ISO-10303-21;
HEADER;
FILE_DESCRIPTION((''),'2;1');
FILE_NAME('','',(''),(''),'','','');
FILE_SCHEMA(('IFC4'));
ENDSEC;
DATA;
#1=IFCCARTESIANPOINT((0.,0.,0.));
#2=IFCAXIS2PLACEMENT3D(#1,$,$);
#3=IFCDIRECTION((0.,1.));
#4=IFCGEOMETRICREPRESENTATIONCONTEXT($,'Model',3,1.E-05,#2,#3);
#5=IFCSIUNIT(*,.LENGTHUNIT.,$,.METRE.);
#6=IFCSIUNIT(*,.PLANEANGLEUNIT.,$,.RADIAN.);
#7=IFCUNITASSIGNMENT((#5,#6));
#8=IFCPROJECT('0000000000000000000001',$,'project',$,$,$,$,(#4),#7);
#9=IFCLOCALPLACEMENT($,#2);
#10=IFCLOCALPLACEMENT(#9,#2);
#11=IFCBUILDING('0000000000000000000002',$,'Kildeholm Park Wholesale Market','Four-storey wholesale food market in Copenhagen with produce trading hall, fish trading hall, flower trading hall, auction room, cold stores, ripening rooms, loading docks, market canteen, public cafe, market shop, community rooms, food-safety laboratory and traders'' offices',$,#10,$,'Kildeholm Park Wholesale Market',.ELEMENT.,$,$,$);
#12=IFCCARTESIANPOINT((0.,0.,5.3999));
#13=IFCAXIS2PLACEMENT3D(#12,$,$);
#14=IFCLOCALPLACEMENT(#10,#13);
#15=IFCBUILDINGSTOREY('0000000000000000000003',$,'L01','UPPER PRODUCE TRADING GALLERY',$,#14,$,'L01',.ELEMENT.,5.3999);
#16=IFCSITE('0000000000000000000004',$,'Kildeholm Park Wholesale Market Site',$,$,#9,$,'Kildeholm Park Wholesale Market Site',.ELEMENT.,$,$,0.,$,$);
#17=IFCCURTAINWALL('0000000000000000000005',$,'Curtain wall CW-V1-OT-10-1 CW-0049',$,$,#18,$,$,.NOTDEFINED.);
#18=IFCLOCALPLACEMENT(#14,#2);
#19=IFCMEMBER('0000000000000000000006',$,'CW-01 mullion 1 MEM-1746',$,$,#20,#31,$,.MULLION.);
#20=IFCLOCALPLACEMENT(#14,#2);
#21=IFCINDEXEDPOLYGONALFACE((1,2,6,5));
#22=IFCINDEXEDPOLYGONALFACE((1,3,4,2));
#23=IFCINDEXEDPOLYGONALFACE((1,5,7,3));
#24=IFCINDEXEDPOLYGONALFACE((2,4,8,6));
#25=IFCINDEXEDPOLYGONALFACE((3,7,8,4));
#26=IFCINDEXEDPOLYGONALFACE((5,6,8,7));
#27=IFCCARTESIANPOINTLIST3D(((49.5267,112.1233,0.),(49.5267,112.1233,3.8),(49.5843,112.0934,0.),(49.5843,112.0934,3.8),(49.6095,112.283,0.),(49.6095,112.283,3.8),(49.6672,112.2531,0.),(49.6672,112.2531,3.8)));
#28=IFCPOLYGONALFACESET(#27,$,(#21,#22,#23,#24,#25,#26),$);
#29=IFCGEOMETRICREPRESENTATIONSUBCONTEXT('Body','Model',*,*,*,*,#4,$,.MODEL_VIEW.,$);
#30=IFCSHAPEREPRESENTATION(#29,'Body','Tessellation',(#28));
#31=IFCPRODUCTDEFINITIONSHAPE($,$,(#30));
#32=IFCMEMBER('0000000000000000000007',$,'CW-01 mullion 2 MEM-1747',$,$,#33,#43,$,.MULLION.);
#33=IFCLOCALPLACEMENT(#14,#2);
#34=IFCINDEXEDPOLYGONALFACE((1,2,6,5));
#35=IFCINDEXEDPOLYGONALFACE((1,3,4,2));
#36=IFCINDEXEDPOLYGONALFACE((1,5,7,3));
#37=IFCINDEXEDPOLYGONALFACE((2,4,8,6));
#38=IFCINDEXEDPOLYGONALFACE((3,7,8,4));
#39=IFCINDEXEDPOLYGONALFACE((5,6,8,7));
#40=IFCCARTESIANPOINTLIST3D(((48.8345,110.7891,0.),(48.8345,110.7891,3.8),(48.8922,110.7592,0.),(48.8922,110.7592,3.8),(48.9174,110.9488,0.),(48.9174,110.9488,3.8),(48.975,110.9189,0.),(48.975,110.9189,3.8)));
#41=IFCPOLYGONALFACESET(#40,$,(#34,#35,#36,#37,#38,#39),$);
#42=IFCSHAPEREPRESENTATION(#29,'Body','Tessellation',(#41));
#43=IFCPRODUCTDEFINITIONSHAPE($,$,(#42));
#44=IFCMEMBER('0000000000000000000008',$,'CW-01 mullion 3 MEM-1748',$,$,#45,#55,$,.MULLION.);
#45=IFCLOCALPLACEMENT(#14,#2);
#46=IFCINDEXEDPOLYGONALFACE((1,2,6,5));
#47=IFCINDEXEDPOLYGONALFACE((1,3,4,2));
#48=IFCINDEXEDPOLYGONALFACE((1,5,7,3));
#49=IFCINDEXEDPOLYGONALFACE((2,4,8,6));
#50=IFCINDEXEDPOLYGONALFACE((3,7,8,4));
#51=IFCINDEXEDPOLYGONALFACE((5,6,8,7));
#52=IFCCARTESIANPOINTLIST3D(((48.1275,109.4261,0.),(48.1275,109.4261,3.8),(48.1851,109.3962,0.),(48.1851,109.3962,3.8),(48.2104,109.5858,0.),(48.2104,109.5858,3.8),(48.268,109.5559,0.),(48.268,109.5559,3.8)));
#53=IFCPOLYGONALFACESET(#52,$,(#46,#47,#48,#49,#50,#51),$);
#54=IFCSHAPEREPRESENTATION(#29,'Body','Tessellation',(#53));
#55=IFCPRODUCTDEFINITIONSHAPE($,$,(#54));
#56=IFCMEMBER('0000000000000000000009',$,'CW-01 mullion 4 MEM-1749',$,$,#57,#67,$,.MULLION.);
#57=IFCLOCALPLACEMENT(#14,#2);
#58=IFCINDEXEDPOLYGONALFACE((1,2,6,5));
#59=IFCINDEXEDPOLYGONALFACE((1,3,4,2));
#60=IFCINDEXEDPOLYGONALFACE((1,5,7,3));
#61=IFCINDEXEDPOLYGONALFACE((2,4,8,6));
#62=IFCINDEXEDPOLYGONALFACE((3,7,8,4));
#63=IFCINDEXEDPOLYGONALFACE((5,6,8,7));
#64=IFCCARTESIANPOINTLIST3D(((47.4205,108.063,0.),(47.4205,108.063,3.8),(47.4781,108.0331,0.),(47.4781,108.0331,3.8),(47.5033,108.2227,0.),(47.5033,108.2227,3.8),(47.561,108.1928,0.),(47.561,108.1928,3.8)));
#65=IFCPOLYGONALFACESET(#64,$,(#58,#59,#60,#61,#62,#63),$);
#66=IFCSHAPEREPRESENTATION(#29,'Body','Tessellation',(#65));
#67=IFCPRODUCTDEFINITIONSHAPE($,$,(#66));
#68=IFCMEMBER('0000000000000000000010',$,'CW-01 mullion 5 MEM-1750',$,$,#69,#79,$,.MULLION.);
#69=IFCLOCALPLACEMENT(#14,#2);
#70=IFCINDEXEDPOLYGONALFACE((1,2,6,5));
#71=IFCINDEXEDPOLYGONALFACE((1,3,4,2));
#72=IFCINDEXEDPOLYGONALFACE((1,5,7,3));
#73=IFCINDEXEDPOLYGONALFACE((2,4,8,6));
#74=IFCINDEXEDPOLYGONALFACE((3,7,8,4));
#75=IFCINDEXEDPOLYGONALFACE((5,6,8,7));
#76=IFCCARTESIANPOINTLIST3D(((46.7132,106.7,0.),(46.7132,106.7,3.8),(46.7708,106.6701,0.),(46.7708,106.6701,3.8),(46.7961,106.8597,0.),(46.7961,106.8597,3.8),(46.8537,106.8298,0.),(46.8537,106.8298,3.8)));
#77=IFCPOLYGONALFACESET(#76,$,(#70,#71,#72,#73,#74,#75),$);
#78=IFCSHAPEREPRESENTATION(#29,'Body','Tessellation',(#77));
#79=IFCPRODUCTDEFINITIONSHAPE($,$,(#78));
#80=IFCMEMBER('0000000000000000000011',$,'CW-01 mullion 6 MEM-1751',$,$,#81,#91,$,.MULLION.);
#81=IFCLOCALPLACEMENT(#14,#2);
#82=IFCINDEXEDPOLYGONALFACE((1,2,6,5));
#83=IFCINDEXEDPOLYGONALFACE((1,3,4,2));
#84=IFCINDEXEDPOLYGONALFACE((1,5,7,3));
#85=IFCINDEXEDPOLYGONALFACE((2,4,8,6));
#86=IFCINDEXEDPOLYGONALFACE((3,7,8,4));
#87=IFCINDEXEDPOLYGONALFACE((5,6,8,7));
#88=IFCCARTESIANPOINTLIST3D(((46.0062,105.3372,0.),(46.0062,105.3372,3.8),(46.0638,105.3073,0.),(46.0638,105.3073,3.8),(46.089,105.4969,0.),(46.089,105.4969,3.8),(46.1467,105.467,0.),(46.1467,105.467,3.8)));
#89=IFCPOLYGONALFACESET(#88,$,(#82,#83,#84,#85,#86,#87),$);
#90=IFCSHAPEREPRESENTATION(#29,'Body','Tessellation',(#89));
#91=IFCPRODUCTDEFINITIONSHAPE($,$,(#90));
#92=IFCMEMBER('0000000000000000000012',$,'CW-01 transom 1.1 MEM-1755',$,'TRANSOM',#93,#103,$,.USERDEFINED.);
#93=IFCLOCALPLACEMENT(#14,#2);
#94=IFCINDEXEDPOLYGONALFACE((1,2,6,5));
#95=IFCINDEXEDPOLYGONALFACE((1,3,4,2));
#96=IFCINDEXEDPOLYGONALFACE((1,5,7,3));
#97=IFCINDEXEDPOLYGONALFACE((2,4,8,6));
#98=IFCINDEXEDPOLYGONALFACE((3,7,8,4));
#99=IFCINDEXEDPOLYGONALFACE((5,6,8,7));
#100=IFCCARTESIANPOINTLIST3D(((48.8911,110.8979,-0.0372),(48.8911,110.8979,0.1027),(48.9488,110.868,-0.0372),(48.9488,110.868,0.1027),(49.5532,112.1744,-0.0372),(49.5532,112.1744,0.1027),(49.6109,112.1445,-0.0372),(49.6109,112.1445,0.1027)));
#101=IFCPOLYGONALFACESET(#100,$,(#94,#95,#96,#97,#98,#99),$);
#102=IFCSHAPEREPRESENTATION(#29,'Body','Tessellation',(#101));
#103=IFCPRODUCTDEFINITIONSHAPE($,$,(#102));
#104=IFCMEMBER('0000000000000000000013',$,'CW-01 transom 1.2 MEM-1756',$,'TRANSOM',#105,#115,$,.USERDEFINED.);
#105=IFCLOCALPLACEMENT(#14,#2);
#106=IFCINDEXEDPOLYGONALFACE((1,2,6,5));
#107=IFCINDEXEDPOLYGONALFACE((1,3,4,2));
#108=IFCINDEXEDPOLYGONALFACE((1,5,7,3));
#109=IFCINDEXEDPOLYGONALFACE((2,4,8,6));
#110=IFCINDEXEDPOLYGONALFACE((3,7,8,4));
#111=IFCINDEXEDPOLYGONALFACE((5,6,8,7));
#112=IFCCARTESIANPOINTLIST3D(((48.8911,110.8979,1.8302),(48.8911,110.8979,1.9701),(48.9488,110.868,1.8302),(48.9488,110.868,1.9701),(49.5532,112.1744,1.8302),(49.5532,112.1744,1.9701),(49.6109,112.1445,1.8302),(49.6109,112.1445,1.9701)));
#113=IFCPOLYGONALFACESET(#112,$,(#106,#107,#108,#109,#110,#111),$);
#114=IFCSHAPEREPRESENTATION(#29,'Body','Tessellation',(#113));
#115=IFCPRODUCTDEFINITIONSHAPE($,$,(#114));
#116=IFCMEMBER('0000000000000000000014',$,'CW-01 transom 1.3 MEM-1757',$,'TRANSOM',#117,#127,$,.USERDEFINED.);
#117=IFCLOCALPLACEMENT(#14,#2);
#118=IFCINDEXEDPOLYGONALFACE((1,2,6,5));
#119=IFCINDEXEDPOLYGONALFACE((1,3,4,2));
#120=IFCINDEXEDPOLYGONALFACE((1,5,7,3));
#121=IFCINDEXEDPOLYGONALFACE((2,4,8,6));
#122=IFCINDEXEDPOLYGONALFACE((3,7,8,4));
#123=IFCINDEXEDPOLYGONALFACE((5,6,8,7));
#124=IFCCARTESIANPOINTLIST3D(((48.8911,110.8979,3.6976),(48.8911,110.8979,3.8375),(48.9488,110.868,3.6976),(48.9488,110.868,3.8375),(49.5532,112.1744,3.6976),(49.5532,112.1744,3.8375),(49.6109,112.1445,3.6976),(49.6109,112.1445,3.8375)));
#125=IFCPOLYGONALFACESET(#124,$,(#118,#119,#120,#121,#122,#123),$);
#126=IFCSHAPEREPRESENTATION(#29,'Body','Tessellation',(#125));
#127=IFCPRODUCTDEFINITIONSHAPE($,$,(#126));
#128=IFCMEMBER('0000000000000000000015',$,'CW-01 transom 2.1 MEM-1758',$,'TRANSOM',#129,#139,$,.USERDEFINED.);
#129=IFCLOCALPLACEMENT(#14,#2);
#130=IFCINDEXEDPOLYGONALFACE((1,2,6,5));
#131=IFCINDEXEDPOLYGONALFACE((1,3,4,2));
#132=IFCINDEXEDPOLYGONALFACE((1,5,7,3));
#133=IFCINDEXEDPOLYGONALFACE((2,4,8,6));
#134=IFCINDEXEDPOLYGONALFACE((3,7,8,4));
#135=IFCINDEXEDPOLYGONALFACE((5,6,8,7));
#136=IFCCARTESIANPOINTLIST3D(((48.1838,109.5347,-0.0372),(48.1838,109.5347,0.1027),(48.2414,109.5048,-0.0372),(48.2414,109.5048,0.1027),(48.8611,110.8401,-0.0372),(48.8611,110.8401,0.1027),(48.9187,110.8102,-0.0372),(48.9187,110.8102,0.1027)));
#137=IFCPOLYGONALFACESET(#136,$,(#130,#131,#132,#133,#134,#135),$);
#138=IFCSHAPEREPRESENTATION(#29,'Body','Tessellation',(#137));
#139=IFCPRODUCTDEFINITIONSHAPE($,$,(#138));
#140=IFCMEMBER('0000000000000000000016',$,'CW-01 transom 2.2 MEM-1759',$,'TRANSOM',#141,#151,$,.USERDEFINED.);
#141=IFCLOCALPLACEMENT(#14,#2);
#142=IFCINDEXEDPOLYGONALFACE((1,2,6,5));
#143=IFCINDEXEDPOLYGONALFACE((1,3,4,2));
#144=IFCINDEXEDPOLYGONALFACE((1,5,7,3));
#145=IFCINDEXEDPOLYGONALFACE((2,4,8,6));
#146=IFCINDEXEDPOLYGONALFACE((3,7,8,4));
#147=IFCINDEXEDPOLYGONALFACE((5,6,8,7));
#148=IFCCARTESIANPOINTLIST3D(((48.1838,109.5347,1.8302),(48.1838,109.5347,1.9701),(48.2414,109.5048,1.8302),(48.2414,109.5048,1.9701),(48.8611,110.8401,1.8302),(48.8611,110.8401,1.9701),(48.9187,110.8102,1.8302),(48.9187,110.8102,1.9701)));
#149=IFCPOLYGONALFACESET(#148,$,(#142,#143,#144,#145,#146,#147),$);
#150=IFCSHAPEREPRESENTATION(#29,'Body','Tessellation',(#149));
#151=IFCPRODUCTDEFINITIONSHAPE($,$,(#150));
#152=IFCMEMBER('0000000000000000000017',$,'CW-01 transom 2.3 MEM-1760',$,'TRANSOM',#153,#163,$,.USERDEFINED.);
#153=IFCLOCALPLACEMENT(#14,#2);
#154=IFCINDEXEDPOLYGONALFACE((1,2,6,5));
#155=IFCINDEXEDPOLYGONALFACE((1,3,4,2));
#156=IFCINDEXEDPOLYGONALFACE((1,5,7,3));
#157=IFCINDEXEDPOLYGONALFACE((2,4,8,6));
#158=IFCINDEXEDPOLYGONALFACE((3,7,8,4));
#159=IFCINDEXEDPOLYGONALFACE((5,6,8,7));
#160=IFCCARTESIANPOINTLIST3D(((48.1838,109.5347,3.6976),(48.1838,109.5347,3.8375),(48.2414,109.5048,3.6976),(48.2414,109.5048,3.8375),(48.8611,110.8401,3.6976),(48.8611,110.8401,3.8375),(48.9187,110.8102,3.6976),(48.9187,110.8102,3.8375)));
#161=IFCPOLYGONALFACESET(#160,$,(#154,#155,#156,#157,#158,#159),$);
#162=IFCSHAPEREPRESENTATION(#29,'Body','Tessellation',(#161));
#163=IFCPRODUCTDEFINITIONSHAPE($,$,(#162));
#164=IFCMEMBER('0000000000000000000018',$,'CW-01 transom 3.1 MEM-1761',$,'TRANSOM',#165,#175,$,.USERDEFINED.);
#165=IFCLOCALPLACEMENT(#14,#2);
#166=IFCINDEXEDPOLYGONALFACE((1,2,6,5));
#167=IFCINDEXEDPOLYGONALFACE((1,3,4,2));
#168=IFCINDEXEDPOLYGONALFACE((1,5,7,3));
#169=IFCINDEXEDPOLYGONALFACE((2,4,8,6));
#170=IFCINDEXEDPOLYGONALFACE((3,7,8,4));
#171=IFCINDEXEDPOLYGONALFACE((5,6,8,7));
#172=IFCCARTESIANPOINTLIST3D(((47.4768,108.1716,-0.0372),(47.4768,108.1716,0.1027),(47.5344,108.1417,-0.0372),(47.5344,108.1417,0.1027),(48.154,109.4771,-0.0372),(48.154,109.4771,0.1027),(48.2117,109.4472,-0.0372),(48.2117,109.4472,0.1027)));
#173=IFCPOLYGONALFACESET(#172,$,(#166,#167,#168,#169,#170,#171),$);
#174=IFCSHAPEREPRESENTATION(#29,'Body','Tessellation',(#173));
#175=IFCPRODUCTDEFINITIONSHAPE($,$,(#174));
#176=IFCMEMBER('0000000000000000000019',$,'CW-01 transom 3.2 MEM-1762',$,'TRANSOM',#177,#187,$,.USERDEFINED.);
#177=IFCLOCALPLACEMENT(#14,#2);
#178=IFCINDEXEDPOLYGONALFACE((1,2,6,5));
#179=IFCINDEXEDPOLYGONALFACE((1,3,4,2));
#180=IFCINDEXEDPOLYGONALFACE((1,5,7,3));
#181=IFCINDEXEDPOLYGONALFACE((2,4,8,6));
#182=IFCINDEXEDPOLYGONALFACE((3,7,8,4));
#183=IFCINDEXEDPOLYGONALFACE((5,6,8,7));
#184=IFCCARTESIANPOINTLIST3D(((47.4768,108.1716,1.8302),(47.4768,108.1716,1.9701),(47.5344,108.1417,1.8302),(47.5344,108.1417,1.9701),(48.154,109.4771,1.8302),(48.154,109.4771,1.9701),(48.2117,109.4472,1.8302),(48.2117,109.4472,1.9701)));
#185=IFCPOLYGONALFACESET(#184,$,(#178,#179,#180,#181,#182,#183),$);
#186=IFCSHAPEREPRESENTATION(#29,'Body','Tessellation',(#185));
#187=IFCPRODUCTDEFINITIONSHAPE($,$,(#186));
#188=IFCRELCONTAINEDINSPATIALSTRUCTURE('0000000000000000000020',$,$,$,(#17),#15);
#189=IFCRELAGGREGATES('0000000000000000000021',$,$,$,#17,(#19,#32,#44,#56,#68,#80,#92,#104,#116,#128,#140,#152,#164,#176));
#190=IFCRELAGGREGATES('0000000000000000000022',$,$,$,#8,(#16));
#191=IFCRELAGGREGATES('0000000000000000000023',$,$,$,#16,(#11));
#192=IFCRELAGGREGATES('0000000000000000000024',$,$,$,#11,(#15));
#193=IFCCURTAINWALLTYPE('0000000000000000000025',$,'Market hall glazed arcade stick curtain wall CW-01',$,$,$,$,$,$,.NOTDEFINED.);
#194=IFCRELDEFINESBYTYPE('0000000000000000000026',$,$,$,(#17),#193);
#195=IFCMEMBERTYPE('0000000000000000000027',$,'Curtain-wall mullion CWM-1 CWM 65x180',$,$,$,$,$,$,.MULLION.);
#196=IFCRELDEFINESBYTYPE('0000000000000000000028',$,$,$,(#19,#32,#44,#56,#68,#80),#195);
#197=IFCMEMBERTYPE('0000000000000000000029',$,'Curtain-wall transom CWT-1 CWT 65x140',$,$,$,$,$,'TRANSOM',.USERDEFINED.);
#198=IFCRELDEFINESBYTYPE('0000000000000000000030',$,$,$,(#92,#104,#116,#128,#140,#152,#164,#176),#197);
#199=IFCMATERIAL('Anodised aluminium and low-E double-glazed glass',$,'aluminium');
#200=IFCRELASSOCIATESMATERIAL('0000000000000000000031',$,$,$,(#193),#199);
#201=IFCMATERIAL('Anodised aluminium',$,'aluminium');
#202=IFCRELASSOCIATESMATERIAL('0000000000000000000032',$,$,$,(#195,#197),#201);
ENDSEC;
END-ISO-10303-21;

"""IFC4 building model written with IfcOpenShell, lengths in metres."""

from ifc_helpers import new_model, si_unit, direction, frame, origin, origin_2d, place, context, subcontext, project, spatial, rectangle, extrude, material, material_profile, profile_set, type_object, element, aggregate, save


model = new_model("IFC4")

# Units and contexts
model_context = context("Model", 3, precision=1e-05, world=origin(), true_north=direction((0.0, 1.0)))
body_context = subcontext(model_context, "Body", "Model", "MODEL_VIEW")
ifc_project = project(units=[si_unit("LENGTHUNIT", "METRE"), si_unit("PLANEANGLEUNIT", "RADIAN")], contexts=[model_context])

# Site, building, storey
site_placement = place(None, origin())
site = spatial("IfcSite", under=ifc_project, at=site_placement, Name="Kildeholm Park Wholesale Market Site", LongName="Kildeholm Park Wholesale Market Site", CompositionType="ELEMENT", RefElevation=0.0)
building_placement = place(site_placement, origin())
building = spatial("IfcBuilding", under=site, at=building_placement, Name="Kildeholm Park Wholesale Market", Description="Four-storey wholesale food market in Copenhagen with produce trading hall, fish trading hall, flower trading hall, auction room, cold stores, ripening rooms, loading docks, market canteen, public cafe, market shop, community rooms, food-safety laboratory and traders' offices", LongName="Kildeholm Park Wholesale Market", CompositionType="ELEMENT")
storey_placement = place(building_placement, frame((0.0, 0.0, 5.3999)))
storey = spatial("IfcBuildingStorey", under=building, at=storey_placement, Name="L01", Description="UPPER PRODUCE TRADING GALLERY", LongName="L01", CompositionType="ELEMENT", Elevation=5.3999)

# Shared definitions
ifc_material_1 = material(Name="Anodised aluminium and low-E double-glazed glass", Category="aluminium")
curtain_wall_type = type_object("IfcCurtainWallType", Name="Market hall glazed arcade stick curtain wall CW-01", PredefinedType="NOTDEFINED", material=ifc_material_1)
ifc_material_2 = material(Name="Anodised aluminium", Category="aluminium")
ifc_material_profile_1 = material_profile(ifc_material_2, rectangle(XDim=0.0649, YDim=0.1799, at=origin_2d()), Name="CWM 65x180")
ifc_profile_set_1 = profile_set([ifc_material_profile_1], Name="Anodised aluminium")
member_type_1 = type_object("IfcMemberType", Name="Curtain-wall mullion CWM-1 CWM 65x180", PredefinedType="MULLION", material=ifc_profile_set_1)

# Curtain wall, members
curtain_wall_1_placement = place(storey_placement, origin())
curtain_wall_1 = element("IfcCurtainWall", 1, at=curtain_wall_1_placement, inside=storey, type_object=curtain_wall_type, Name="Curtain wall CW-V1-OT-10-1 CW-0049", PredefinedType="NOTDEFINED")
member_1_placement = place(storey_placement, frame((49.5969, 112.1882, 0.0), z_axis=(0.0, 0.0, 1.0), x_axis=(0.887652, -0.460514, 0.0)))
member_1 = element("IfcMember", 2, at=member_1_placement, type_object=member_type_1, Name="CW-01 mullion 1 MEM-1746", PredefinedType="MULLION", context=body_context, shape_type="SweptSolid", body=[
    extrude(rectangle(XDim=0.0649, YDim=0.1799, at=origin_2d()), origin(), (0.0, 0.0, 1.0), 3.8),
])
member_2_placement = place(storey_placement, frame((48.9048, 110.854, 0.0), z_axis=(0.0, 0.0, 1.0), x_axis=(0.887652, -0.460514, 0.0)))
member_2 = element("IfcMember", 3, at=member_2_placement, type_object=member_type_1, Name="CW-01 mullion 2 MEM-1747", PredefinedType="MULLION", context=body_context, shape_type="SweptSolid", body=[
    extrude(rectangle(XDim=0.0649, YDim=0.1799, at=origin_2d()), origin(), (0.0, 0.0, 1.0), 3.8),
])
member_3_placement = place(storey_placement, frame((48.1978, 109.491, 0.0), z_axis=(0.0, 0.0, 1.0), x_axis=(0.887652, -0.460514, 0.0)))
member_3 = element("IfcMember", 4, at=member_3_placement, type_object=member_type_1, Name="CW-01 mullion 3 MEM-1748", PredefinedType="MULLION", context=body_context, shape_type="SweptSolid", body=[
    extrude(rectangle(XDim=0.0649, YDim=0.1799, at=origin_2d()), origin(), (0.0, 0.0, 1.0), 3.8),
])
member_4_placement = place(storey_placement, frame((47.4907, 108.1279, 0.0), z_axis=(0.0, 0.0, 1.0), x_axis=(0.887652, -0.460514, 0.0)))
member_4 = element("IfcMember", 5, at=member_4_placement, type_object=member_type_1, Name="CW-01 mullion 4 MEM-1749", PredefinedType="MULLION", context=body_context, shape_type="SweptSolid", body=[
    extrude(rectangle(XDim=0.0649, YDim=0.1799, at=origin_2d()), origin(), (0.0, 0.0, 1.0), 3.8),
])
member_5_placement = place(storey_placement, frame((46.7834, 106.7649, 0.0), z_axis=(0.0, 0.0, 1.0), x_axis=(0.887652, -0.460514, 0.0)))
member_5 = element("IfcMember", 6, at=member_5_placement, type_object=member_type_1, Name="CW-01 mullion 5 MEM-1750", PredefinedType="MULLION", context=body_context, shape_type="SweptSolid", body=[
    extrude(rectangle(XDim=0.0649, YDim=0.1799, at=origin_2d()), origin(), (0.0, 0.0, 1.0), 3.8),
])
member_6_placement = place(storey_placement, frame((46.0764, 105.4021, 0.0), z_axis=(0.0, 0.0, 1.0), x_axis=(0.887652, -0.460514, 0.0)))
member_6 = element("IfcMember", 7, at=member_6_placement, type_object=member_type_1, Name="CW-01 mullion 6 MEM-1751", PredefinedType="MULLION", context=body_context, shape_type="SweptSolid", body=[
    extrude(rectangle(XDim=0.0649, YDim=0.1799, at=origin_2d()), origin(), (0.0, 0.0, 1.0), 3.8),
])
ifc_material_profile_2 = material_profile(ifc_material_2, rectangle(XDim=0.0649, YDim=0.1399, at=origin_2d()), Name="CWT 65x140")
ifc_profile_set_2 = profile_set([ifc_material_profile_2], Name="Anodised aluminium")
member_type_2 = type_object("IfcMemberType", Name="Curtain-wall transom CWT-1 CWT 65x140", ElementType="TRANSOM", PredefinedType="USERDEFINED", material=ifc_profile_set_2)
member_7_placement = place(storey_placement, frame((49.582, 112.1594, 0.0327), z_axis=(-0.460406, -0.887708, 0.0), x_axis=(0.887708, -0.460406, 0.0)))
member_7 = element("IfcMember", 8, at=member_7_placement, type_object=member_type_2, Name="CW-01 transom 1.1 MEM-1755", ObjectType="TRANSOM", PredefinedType="USERDEFINED", context=body_context, shape_type="SweptSolid", body=[
    extrude(rectangle(XDim=0.0649, YDim=0.1399, at=origin_2d()), origin(), (0.0, 0.0, 1.0), 1.438),
])
member_8_placement = place(storey_placement, frame((49.582, 112.1594, 1.9001), z_axis=(-0.460406, -0.887708, 0.0), x_axis=(0.887708, -0.460406, 0.0)))
member_8 = element("IfcMember", 9, at=member_8_placement, type_object=member_type_2, Name="CW-01 transom 1.2 MEM-1756", ObjectType="TRANSOM", PredefinedType="USERDEFINED", context=body_context, shape_type="SweptSolid", body=[
    extrude(rectangle(XDim=0.0649, YDim=0.1399, at=origin_2d()), origin(), (0.0, 0.0, 1.0), 1.438),
])
member_9_placement = place(storey_placement, frame((49.582, 112.1594, 3.7676), z_axis=(-0.460406, -0.887708, 0.0), x_axis=(0.887708, -0.460406, 0.0)))
member_9 = element("IfcMember", 10, at=member_9_placement, type_object=member_type_2, Name="CW-01 transom 1.3 MEM-1757", ObjectType="TRANSOM", PredefinedType="USERDEFINED", context=body_context, shape_type="SweptSolid", body=[
    extrude(rectangle(XDim=0.0649, YDim=0.1399, at=origin_2d()), origin(), (0.0, 0.0, 1.0), 1.438),
])
member_10_placement = place(storey_placement, frame((48.8899, 110.8252, 0.0327), z_axis=(-0.460511, -0.887654, 0.0), x_axis=(0.887654, -0.460511, 0.0)))
member_10 = element("IfcMember", 11, at=member_10_placement, type_object=member_type_2, Name="CW-01 transom 2.1 MEM-1758", ObjectType="TRANSOM", PredefinedType="USERDEFINED", context=body_context, shape_type="SweptSolid", body=[
    extrude(rectangle(XDim=0.0649, YDim=0.1399, at=origin_2d()), origin(), (0.0, 0.0, 1.0), 1.4707),
])
member_11_placement = place(storey_placement, frame((48.8899, 110.8252, 1.9001), z_axis=(-0.460511, -0.887654, 0.0), x_axis=(0.887654, -0.460511, 0.0)))
member_11 = element("IfcMember", 12, at=member_11_placement, type_object=member_type_2, Name="CW-01 transom 2.2 MEM-1759", ObjectType="TRANSOM", PredefinedType="USERDEFINED", context=body_context, shape_type="SweptSolid", body=[
    extrude(rectangle(XDim=0.0649, YDim=0.1399, at=origin_2d()), origin(), (0.0, 0.0, 1.0), 1.4707),
])
member_12_placement = place(storey_placement, frame((48.8899, 110.8252, 3.7676), z_axis=(-0.460511, -0.887654, 0.0), x_axis=(0.887654, -0.460511, 0.0)))
member_12 = element("IfcMember", 13, at=member_12_placement, type_object=member_type_2, Name="CW-01 transom 2.3 MEM-1760", ObjectType="TRANSOM", PredefinedType="USERDEFINED", context=body_context, shape_type="SweptSolid", body=[
    extrude(rectangle(XDim=0.0649, YDim=0.1399, at=origin_2d()), origin(), (0.0, 0.0, 1.0), 1.4707),
])
member_13_placement = place(storey_placement, frame((48.1829, 109.4622, 0.0327), z_axis=(-0.460511, -0.887654, 0.0), x_axis=(0.887654, -0.460511, 0.0)))
member_13 = element("IfcMember", 14, at=member_13_placement, type_object=member_type_2, Name="CW-01 transom 3.1 MEM-1761", ObjectType="TRANSOM", PredefinedType="USERDEFINED", context=body_context, shape_type="SweptSolid", body=[
    extrude(rectangle(XDim=0.0649, YDim=0.1399, at=origin_2d()), origin(), (0.0, 0.0, 1.0), 1.4707),
])
member_14_placement = place(storey_placement, frame((48.1829, 109.4622, 1.9001), z_axis=(-0.460511, -0.887654, 0.0), x_axis=(0.887654, -0.460511, 0.0)))
member_14 = element("IfcMember", 15, at=member_14_placement, type_object=member_type_2, Name="CW-01 transom 3.2 MEM-1762", ObjectType="TRANSOM", PredefinedType="USERDEFINED", context=body_context, shape_type="SweptSolid", body=[
    extrude(rectangle(XDim=0.0649, YDim=0.1399, at=origin_2d()), origin(), (0.0, 0.0, 1.0), 1.4707),
])

aggregate(curtain_wall_1, [member_1, member_2, member_3, member_4, member_5, member_6, member_7, member_8, member_9, member_10, member_11, member_12, member_13, member_14])

save(model, "model.ifc")
